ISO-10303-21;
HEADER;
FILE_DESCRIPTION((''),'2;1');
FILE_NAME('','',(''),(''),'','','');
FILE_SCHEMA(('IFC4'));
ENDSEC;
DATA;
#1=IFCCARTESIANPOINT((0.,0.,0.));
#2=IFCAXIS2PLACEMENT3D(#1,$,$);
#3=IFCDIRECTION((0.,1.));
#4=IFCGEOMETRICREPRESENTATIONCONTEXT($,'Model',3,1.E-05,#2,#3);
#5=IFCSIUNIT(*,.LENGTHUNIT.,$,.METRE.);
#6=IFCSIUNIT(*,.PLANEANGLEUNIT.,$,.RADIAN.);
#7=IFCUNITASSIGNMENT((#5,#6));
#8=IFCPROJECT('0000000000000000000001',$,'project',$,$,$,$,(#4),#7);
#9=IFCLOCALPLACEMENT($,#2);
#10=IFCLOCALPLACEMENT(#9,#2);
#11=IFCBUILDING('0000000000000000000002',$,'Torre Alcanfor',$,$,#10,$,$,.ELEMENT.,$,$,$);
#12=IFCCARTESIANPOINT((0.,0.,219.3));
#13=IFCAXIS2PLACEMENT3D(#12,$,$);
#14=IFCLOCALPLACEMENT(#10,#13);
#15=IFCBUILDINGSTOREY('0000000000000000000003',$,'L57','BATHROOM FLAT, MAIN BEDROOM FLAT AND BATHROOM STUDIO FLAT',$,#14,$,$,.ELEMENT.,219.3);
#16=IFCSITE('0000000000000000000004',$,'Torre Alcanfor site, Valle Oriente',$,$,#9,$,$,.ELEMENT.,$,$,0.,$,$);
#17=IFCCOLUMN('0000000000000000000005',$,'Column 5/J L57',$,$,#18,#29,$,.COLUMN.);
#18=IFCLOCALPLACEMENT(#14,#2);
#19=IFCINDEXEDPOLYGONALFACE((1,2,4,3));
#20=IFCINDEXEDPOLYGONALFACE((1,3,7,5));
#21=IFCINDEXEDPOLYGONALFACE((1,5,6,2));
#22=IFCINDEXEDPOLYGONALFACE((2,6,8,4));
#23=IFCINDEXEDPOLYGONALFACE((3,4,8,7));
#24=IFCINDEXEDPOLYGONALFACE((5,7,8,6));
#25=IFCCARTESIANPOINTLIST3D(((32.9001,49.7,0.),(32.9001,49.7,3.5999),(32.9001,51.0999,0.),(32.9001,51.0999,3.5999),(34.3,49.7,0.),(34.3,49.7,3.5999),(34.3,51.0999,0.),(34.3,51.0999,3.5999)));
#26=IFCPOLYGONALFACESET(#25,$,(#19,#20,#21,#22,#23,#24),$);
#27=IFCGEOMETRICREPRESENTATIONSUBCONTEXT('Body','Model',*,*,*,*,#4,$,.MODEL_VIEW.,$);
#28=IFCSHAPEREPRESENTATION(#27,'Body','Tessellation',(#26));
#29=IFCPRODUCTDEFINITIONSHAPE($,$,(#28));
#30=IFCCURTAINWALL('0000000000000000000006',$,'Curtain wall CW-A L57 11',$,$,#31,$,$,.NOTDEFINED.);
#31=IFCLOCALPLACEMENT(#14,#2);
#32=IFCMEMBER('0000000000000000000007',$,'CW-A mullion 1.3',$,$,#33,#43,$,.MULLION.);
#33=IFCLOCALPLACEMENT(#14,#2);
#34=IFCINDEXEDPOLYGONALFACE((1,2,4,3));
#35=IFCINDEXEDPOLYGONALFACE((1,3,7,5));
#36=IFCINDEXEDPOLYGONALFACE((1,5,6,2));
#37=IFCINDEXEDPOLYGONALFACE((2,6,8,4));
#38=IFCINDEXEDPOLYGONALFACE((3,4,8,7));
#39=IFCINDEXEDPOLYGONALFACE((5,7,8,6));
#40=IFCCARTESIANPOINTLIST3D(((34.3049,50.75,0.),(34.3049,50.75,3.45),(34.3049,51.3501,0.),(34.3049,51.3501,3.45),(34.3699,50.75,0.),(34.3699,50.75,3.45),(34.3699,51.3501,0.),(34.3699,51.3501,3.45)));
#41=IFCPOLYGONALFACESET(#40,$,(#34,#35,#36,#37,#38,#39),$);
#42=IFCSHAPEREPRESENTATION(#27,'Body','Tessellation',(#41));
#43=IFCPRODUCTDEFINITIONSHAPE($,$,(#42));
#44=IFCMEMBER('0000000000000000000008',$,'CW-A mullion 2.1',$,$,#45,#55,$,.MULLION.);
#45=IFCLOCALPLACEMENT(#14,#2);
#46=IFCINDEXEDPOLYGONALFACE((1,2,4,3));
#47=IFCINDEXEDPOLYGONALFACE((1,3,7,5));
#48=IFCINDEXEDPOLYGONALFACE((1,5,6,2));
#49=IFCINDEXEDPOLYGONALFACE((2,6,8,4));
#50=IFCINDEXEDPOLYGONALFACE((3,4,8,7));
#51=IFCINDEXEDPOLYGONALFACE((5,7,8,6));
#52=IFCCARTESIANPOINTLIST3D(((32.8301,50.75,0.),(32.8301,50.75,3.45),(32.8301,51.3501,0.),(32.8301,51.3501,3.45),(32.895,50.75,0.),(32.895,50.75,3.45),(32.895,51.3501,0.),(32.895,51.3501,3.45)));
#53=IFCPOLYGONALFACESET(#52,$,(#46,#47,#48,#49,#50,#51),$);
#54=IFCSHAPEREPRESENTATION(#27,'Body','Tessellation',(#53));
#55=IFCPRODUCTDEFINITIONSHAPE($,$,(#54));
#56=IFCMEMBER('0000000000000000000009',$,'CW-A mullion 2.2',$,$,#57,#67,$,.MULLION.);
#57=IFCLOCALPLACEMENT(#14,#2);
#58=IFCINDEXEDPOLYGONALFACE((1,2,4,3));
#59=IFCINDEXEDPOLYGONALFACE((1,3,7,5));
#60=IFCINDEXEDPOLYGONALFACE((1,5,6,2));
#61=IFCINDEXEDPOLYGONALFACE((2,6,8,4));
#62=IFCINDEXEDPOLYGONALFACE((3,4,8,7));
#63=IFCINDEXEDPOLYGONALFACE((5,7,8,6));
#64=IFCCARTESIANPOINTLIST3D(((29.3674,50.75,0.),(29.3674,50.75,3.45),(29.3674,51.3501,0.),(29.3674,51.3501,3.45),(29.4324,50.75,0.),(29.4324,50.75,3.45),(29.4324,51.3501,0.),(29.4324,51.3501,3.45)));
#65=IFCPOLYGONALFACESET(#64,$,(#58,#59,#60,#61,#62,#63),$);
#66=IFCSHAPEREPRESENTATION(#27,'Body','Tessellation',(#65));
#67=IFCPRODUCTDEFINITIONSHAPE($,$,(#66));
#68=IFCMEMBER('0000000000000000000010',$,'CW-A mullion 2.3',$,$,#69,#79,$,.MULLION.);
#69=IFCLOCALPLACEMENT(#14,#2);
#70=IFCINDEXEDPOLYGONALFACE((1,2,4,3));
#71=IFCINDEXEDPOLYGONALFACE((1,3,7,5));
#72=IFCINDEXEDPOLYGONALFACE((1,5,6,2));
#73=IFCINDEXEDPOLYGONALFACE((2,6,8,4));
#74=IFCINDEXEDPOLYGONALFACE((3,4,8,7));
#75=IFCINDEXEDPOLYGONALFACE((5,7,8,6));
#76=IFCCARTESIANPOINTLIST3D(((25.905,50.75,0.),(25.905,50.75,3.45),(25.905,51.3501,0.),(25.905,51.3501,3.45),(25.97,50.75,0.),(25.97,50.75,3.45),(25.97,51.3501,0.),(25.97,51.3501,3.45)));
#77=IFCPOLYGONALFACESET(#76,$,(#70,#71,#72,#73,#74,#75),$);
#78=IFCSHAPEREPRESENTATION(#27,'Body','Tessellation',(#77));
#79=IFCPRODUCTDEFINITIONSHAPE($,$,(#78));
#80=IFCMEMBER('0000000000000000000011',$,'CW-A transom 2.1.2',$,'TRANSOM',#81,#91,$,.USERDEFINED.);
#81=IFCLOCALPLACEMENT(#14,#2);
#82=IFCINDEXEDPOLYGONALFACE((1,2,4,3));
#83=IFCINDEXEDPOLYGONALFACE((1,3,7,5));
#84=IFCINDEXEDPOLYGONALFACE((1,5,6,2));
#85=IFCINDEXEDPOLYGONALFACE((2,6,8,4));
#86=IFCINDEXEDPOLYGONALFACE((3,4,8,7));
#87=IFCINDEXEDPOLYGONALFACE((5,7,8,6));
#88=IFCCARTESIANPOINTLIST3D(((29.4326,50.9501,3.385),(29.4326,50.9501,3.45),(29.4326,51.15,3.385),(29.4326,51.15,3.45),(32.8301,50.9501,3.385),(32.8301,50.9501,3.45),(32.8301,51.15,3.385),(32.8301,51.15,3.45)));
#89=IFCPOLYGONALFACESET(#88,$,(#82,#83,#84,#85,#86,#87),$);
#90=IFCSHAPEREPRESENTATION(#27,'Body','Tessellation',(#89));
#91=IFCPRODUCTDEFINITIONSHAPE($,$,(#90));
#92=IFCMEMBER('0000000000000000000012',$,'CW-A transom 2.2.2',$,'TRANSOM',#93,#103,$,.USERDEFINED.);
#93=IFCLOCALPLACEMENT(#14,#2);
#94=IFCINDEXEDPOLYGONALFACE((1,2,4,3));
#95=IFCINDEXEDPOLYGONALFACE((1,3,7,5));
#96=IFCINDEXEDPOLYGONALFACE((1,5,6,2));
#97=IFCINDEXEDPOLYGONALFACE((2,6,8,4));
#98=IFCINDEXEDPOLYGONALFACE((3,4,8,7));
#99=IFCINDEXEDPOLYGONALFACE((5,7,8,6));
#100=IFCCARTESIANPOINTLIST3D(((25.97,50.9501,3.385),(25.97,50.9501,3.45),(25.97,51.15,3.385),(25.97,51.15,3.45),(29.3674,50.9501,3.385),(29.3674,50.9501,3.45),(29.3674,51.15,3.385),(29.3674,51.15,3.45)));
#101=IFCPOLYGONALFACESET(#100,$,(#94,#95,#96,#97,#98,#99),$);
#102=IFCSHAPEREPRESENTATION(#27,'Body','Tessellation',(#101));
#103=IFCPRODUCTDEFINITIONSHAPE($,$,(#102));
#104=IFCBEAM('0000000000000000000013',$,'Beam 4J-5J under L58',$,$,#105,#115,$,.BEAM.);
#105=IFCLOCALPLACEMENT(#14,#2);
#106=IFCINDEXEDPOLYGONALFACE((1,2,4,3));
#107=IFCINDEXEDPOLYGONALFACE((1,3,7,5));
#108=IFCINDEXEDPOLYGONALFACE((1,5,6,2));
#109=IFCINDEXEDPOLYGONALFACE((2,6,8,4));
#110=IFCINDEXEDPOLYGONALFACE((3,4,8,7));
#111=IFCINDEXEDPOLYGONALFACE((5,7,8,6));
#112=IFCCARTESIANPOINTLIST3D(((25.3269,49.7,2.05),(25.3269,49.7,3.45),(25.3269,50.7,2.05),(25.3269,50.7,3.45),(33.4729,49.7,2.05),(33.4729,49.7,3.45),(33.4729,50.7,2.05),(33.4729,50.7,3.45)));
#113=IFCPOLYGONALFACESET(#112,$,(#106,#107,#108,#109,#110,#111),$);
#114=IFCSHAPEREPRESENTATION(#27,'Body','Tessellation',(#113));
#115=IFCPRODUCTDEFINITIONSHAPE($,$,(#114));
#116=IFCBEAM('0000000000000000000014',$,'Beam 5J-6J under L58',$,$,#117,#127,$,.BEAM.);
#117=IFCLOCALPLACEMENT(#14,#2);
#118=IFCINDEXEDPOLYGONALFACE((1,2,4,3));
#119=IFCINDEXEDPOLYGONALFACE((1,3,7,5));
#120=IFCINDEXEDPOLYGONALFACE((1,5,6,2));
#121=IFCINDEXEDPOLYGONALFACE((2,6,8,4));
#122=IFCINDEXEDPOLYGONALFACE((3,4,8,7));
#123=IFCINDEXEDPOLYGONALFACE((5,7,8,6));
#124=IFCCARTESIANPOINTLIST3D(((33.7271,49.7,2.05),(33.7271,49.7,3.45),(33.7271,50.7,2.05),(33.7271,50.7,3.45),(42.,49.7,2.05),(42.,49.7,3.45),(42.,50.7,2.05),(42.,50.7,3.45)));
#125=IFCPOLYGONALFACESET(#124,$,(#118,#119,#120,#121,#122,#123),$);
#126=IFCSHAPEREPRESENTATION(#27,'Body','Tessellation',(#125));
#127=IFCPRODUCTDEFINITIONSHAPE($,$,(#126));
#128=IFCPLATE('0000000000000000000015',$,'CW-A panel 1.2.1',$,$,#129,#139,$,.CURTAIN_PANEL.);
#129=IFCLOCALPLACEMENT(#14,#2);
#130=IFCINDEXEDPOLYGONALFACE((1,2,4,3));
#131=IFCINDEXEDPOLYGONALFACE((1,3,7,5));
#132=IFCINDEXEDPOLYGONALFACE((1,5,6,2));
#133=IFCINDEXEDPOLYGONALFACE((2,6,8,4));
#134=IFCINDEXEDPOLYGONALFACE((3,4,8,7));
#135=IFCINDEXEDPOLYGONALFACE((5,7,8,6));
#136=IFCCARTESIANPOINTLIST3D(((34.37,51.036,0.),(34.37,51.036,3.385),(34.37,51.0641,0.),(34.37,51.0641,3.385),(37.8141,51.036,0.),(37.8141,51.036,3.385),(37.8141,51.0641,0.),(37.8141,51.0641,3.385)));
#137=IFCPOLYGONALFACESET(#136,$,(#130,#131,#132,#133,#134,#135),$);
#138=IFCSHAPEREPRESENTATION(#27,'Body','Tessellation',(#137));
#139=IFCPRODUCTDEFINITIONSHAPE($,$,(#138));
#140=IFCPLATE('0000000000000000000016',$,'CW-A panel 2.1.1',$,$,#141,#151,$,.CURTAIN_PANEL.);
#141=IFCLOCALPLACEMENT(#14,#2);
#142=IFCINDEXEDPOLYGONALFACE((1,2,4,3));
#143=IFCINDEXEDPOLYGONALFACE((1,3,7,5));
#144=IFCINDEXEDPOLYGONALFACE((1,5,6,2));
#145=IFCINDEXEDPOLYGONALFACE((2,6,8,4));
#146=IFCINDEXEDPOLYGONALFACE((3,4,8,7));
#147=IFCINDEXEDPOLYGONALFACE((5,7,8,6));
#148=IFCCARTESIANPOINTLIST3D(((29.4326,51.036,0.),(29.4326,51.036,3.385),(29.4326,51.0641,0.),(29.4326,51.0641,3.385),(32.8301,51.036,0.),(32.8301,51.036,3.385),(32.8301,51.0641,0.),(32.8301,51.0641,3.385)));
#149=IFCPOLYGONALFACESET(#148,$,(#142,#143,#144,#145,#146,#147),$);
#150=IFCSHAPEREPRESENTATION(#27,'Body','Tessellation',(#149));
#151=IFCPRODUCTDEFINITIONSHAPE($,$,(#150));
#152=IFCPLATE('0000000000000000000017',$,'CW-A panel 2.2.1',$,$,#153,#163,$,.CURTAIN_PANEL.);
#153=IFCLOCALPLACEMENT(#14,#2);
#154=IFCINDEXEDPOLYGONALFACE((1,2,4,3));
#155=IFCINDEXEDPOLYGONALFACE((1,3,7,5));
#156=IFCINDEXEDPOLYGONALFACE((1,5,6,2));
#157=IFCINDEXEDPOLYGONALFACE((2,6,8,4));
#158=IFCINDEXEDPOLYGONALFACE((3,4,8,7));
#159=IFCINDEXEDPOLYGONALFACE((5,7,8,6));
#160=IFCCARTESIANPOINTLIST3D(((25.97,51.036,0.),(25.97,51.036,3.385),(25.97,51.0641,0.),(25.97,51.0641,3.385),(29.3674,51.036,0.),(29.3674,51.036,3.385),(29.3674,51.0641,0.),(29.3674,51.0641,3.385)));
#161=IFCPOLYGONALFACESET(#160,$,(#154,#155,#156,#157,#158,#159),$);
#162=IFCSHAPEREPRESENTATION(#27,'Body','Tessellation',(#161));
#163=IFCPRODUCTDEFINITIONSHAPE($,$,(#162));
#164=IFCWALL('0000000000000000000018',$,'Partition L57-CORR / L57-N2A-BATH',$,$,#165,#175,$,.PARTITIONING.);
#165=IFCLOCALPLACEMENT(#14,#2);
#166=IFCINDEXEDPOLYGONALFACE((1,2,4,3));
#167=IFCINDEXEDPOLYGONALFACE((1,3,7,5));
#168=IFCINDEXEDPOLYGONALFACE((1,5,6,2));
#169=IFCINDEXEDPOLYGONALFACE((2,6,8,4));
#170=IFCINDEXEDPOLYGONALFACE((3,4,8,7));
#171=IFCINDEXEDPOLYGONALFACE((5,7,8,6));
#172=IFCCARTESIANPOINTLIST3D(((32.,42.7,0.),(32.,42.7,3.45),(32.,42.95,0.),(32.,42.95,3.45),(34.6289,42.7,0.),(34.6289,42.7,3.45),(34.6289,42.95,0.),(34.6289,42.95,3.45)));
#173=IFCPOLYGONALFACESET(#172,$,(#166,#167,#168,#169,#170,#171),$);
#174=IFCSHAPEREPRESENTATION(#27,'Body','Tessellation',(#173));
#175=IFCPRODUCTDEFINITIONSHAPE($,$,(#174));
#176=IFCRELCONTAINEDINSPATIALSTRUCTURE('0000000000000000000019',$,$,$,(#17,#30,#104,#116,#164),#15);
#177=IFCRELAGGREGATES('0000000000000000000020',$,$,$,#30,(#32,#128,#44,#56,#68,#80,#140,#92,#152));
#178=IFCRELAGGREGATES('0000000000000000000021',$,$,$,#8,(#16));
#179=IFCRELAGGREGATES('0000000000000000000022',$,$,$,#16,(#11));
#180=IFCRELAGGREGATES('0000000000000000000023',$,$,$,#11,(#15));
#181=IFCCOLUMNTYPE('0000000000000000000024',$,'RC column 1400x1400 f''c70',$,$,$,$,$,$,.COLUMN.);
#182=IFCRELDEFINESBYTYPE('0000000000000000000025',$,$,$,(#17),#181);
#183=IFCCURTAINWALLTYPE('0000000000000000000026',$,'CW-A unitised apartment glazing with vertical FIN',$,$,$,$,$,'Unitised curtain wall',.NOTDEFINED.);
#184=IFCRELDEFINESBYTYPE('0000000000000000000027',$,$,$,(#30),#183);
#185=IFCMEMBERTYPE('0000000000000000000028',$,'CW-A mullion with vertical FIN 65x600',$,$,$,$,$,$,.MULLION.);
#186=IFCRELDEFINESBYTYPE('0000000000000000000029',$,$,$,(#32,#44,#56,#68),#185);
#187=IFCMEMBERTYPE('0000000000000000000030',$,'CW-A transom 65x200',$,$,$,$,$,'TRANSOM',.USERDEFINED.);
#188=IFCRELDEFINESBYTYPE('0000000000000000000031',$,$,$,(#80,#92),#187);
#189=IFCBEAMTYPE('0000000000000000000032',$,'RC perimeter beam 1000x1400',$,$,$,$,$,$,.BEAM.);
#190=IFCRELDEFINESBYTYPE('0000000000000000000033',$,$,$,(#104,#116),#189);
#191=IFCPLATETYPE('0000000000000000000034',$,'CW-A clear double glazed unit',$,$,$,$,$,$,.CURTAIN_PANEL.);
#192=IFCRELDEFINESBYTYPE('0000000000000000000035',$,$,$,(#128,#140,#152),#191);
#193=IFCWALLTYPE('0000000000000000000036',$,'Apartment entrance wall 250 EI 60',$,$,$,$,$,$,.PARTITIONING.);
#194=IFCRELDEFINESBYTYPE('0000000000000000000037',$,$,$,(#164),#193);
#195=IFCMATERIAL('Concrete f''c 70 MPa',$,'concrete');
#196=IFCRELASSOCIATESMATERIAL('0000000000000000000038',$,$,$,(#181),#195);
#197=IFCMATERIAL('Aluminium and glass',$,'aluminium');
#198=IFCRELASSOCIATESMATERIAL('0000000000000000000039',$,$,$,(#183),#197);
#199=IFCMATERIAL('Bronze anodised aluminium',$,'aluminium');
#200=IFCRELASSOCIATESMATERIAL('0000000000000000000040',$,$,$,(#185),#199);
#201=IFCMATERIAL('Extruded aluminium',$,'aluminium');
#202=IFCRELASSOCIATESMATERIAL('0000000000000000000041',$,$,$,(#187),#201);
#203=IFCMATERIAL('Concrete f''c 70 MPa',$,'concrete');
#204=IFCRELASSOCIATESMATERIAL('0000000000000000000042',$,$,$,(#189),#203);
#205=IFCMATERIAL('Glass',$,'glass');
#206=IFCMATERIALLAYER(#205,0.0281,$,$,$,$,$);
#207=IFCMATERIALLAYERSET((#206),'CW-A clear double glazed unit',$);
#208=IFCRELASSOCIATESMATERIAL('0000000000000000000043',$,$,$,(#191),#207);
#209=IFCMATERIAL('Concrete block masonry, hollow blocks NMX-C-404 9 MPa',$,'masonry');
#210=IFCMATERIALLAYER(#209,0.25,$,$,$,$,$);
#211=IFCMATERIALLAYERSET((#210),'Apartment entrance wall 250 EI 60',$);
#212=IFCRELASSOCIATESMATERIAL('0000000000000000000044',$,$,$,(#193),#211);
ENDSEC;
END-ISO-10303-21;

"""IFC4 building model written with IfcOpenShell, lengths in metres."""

from ifc_helpers import new_model, si_unit, direction, frame, frame_2d, origin, origin_2d, place, context, subcontext, project, spatial, rectangle, extrude, material, layer, layer_set, material_profile, profile_set, type_object, element, aggregate, save


model = new_model("IFC4")

# Units and contexts
model_context = context("Model", 3, precision=1e-05, world=origin(), true_north=direction((0.0, 1.0)))
body_context = subcontext(model_context, "Body", "Model", "MODEL_VIEW")
ifc_project = project(units=[si_unit("LENGTHUNIT", "METRE"), si_unit("PLANEANGLEUNIT", "RADIAN")], contexts=[model_context])

# Site, building, storey
site_placement = place(None, origin())
site = spatial("IfcSite", under=ifc_project, at=site_placement, Name="Torre Alcanfor site, Valle Oriente", CompositionType="ELEMENT", RefElevation=0.0)
building_placement = place(site_placement, origin())
building = spatial("IfcBuilding", under=site, at=building_placement, Name="Torre Alcanfor", CompositionType="ELEMENT")
storey_placement = place(building_placement, frame((0.0, 0.0, 219.3)))
storey = spatial("IfcBuildingStorey", under=building, at=storey_placement, Name="L57", Description="BATHROOM FLAT, MAIN BEDROOM FLAT AND BATHROOM STUDIO FLAT", CompositionType="ELEMENT", Elevation=219.3)

# Column
ifc_material_1 = material(Name="Concrete f'c 70 MPa", Category="concrete")
ifc_material_profile_1 = material_profile(ifc_material_1, rectangle(XDim=1.3999, YDim=1.3999, at=origin_2d()), Name="1400x1400")
ifc_profile_set_1 = profile_set([ifc_material_profile_1], Name="Concrete f'c 70 MPa")
column_type = type_object("IfcColumnType", Name="RC column 1400x1400 f'c70", PredefinedType="COLUMN", material=ifc_profile_set_1)
column_placement = place(storey_placement, frame((33.6001, 50.3999, 0.0), z_axis=(0.0, 0.0, 1.0), x_axis=(1.0, 0.0, 0.0)))
element("IfcColumn", 1, at=column_placement, inside=storey, type_object=column_type, Name="Column 5/J L57", PredefinedType="COLUMN", context=body_context, shape_type="SweptSolid", body=[
    extrude(rectangle(XDim=1.3999, YDim=1.3999, at=origin_2d()), origin(), (0.0, 0.0, 1.0), 3.5999),
])

# Curtain wall, members
ifc_material_2 = material(Name="Aluminium and glass", Category="aluminium")
curtain_wall_type = type_object("IfcCurtainWallType", Name="CW-A unitised apartment glazing with vertical FIN", ElementType="Unitised curtain wall", PredefinedType="NOTDEFINED", material=ifc_material_2)
curtain_wall_placement = place(storey_placement, origin())
curtain_wall = element("IfcCurtainWall", 2, at=curtain_wall_placement, inside=storey, type_object=curtain_wall_type, Name="Curtain wall CW-A L57 11", PredefinedType="NOTDEFINED")
ifc_material_3 = material(Name="Bronze anodised aluminium", Category="aluminium")
ifc_material_profile_2 = material_profile(ifc_material_3, rectangle(XDim=0.6001, YDim=0.0649, at=origin_2d()), Name="CW-A mullion 65x600")
ifc_profile_set_2 = profile_set([ifc_material_profile_2], Name="Bronze anodised aluminium")
member_type_1 = type_object("IfcMemberType", Name="CW-A mullion with vertical FIN 65x600", PredefinedType="MULLION", material=ifc_profile_set_2)
member_1_placement = place(storey_placement, frame((34.3374, 51.05, 0.0), z_axis=(0.0, 0.0, 1.0), x_axis=(0.0, -1.0, 0.0)))
member_1 = element("IfcMember", 3, at=member_1_placement, type_object=member_type_1, Name="CW-A mullion 1.3", PredefinedType="MULLION", context=body_context, shape_type="SweptSolid", body=[
    extrude(rectangle(XDim=0.6001, YDim=0.0649, at=origin_2d()), origin(), (0.0, 0.0, 1.0), 3.45),
])
member_2_placement = place(storey_placement, frame((32.8625, 51.05, 0.0), z_axis=(0.0, 0.0, 1.0), x_axis=(0.0, -1.0, 0.0)))
member_2 = element("IfcMember", 4, at=member_2_placement, type_object=member_type_1, Name="CW-A mullion 2.1", PredefinedType="MULLION", context=body_context, shape_type="SweptSolid", body=[
    extrude(rectangle(XDim=0.6001, YDim=0.0649, at=origin_2d()), origin(), (0.0, 0.0, 1.0), 3.45),
])
member_3_placement = place(storey_placement, frame((29.3999, 51.05, 0.0), z_axis=(0.0, 0.0, 1.0), x_axis=(0.0, -1.0, 0.0)))
member_3 = element("IfcMember", 5, at=member_3_placement, type_object=member_type_1, Name="CW-A mullion 2.2", PredefinedType="MULLION", context=body_context, shape_type="SweptSolid", body=[
    extrude(rectangle(XDim=0.6001, YDim=0.0649, at=origin_2d()), origin(), (0.0, 0.0, 1.0), 3.45),
])
member_4_placement = place(storey_placement, frame((25.9375, 51.05, 0.0), z_axis=(0.0, 0.0, 1.0), x_axis=(0.0, -1.0, 0.0)))
member_4 = element("IfcMember", 6, at=member_4_placement, type_object=member_type_1, Name="CW-A mullion 2.3", PredefinedType="MULLION", context=body_context, shape_type="SweptSolid", body=[
    extrude(rectangle(XDim=0.6001, YDim=0.0649, at=origin_2d()), origin(), (0.0, 0.0, 1.0), 3.45),
])
ifc_material_4 = material(Name="Extruded aluminium", Category="aluminium")
ifc_material_profile_3 = material_profile(ifc_material_4, rectangle(XDim=0.2, YDim=0.0649, at=origin_2d()), Name="CW-A transom 200x65")
ifc_profile_set_3 = profile_set([ifc_material_profile_3], Name="Extruded aluminium")
member_type_2 = type_object("IfcMemberType", Name="CW-A transom 65x200", ElementType="TRANSOM", PredefinedType="USERDEFINED", material=ifc_profile_set_3)
member_5_placement = place(storey_placement, frame((32.8301, 51.05, 3.4175), z_axis=(-1.0, 0.0, 0.0), x_axis=(0.0, -1.0, 0.0)))
member_5 = element("IfcMember", 7, at=member_5_placement, type_object=member_type_2, Name="CW-A transom 2.1.2", ObjectType="TRANSOM", PredefinedType="USERDEFINED", context=body_context, shape_type="SweptSolid", body=[
    extrude(rectangle(XDim=0.2, YDim=0.0649, at=origin_2d()), origin(), (0.0, 0.0, 1.0), 3.3975),
])
member_6_placement = place(storey_placement, frame((29.3674, 51.05, 3.4175), z_axis=(-1.0, 0.0, 0.0), x_axis=(0.0, -1.0, 0.0)))
member_6 = element("IfcMember", 8, at=member_6_placement, type_object=member_type_2, Name="CW-A transom 2.2.2", ObjectType="TRANSOM", PredefinedType="USERDEFINED", context=body_context, shape_type="SweptSolid", body=[
    extrude(rectangle(XDim=0.2, YDim=0.0649, at=origin_2d()), origin(), (0.0, 0.0, 1.0), 3.3975),
])

# Beams
ifc_material_5 = material(Name="Concrete f'c 70 MPa", Category="concrete")
ifc_material_profile_4 = material_profile(ifc_material_5, rectangle(XDim=1.0, YDim=1.3999, at=origin_2d()), Name="1000x1400")
ifc_profile_set_4 = profile_set([ifc_material_profile_4], Name="Concrete f'c 70 MPa")
beam_type = type_object("IfcBeamType", Name="RC perimeter beam 1000x1400", PredefinedType="BEAM", material=ifc_profile_set_4)
beam_1_placement = place(storey_placement, frame((25.3269, 50.2, 2.75), z_axis=(1.0, 0.0, 0.0), x_axis=(0.0, 1.0, 0.0)))
element("IfcBeam", 9, at=beam_1_placement, inside=storey, type_object=beam_type, Name="Beam 4J-5J under L58", PredefinedType="BEAM", context=body_context, shape_type="SweptSolid", body=[
    extrude(rectangle(XDim=1.0, YDim=1.3999, at=origin_2d()), origin(), (0.0, 0.0, 1.0), 8.146),
])
beam_2_placement = place(storey_placement, frame((33.7271, 50.2, 2.75), z_axis=(1.0, 0.0, 0.0), x_axis=(0.0, 1.0, 0.0)))
element("IfcBeam", 10, at=beam_2_placement, inside=storey, type_object=beam_type, Name="Beam 5J-6J under L58", PredefinedType="BEAM", context=body_context, shape_type="SweptSolid", body=[
    extrude(rectangle(XDim=1.0, YDim=1.3999, at=origin_2d()), origin(), (0.0, 0.0, 1.0), 8.2729),
])

# Plates
ifc_material_6 = material(Name="Glass", Category="glass")
ifc_layer_1 = layer(ifc_material_6, 0.0281)
ifc_layer_set_1 = layer_set([ifc_layer_1], Name="CW-A clear double glazed unit")
plate_type = type_object("IfcPlateType", Name="CW-A clear double glazed unit", PredefinedType="CURTAIN_PANEL", material=ifc_layer_set_1)
plate_1_placement = place(storey_placement, frame((36.092, 51.05, 0.0), z_axis=(0.0, 0.0, 1.0), x_axis=(-1.0, 0.0, 0.0)))
plate_1 = element("IfcPlate", 11, at=plate_1_placement, type_object=plate_type, Name="CW-A panel 1.2.1", PredefinedType="CURTAIN_PANEL", context=body_context, shape_type="SweptSolid", body=[
    extrude(rectangle(XDim=3.4441, YDim=0.0281, at=origin_2d()), origin(), (0.0, 0.0, 1.0), 3.385),
])
plate_2_placement = place(storey_placement, frame((31.1313, 51.05, 0.0), z_axis=(0.0, 0.0, 1.0), x_axis=(-1.0, 0.0, 0.0)))
plate_2 = element("IfcPlate", 12, at=plate_2_placement, type_object=plate_type, Name="CW-A panel 2.1.1", PredefinedType="CURTAIN_PANEL", context=body_context, shape_type="SweptSolid", body=[
    extrude(rectangle(XDim=3.3975, YDim=0.0281, at=origin_2d()), origin(), (0.0, 0.0, 1.0), 3.385),
])
plate_3_placement = place(storey_placement, frame((27.6687, 51.05, 0.0), z_axis=(0.0, 0.0, 1.0), x_axis=(-1.0, 0.0, 0.0)))
plate_3 = element("IfcPlate", 13, at=plate_3_placement, type_object=plate_type, Name="CW-A panel 2.2.1", PredefinedType="CURTAIN_PANEL", context=body_context, shape_type="SweptSolid", body=[
    extrude(rectangle(XDim=3.3975, YDim=0.0281, at=origin_2d()), origin(), (0.0, 0.0, 1.0), 3.385),
])
aggregate(curtain_wall, [member_1, plate_1, member_2, member_3, member_4, member_5, plate_2, member_6, plate_3])

# Wall
ifc_material_7 = material(Name="Concrete block masonry, hollow blocks NMX-C-404 9 MPa", Category="masonry")
ifc_layer_2 = layer(ifc_material_7, 0.25)
ifc_layer_set_2 = layer_set([ifc_layer_2], Name="Apartment entrance wall 250 EI 60")
wall_type_1 = type_object("IfcWallType", Name="Apartment entrance wall 250 EI 60", PredefinedType="PARTITIONING", material=ifc_layer_set_2)
wall_1_placement = place(storey_placement, frame((32.0, 42.825, 0.0), z_axis=(0.0, 0.0, 1.0), x_axis=(1.0, 0.0, 0.0)))
element("IfcWall", 14, at=wall_1_placement, inside=storey, type_object=wall_type_1, Name="Partition L57-CORR / L57-N2A-BATH", PredefinedType="PARTITIONING", context=body_context, shape_type="SweptSolid", body=[
    extrude(rectangle(XDim=2.6289, YDim=0.25, at=frame_2d((1.3145, 0.0))), origin(), (0.0, 0.0, 1.0), 3.45),
])

save(model, "model.ifc")
